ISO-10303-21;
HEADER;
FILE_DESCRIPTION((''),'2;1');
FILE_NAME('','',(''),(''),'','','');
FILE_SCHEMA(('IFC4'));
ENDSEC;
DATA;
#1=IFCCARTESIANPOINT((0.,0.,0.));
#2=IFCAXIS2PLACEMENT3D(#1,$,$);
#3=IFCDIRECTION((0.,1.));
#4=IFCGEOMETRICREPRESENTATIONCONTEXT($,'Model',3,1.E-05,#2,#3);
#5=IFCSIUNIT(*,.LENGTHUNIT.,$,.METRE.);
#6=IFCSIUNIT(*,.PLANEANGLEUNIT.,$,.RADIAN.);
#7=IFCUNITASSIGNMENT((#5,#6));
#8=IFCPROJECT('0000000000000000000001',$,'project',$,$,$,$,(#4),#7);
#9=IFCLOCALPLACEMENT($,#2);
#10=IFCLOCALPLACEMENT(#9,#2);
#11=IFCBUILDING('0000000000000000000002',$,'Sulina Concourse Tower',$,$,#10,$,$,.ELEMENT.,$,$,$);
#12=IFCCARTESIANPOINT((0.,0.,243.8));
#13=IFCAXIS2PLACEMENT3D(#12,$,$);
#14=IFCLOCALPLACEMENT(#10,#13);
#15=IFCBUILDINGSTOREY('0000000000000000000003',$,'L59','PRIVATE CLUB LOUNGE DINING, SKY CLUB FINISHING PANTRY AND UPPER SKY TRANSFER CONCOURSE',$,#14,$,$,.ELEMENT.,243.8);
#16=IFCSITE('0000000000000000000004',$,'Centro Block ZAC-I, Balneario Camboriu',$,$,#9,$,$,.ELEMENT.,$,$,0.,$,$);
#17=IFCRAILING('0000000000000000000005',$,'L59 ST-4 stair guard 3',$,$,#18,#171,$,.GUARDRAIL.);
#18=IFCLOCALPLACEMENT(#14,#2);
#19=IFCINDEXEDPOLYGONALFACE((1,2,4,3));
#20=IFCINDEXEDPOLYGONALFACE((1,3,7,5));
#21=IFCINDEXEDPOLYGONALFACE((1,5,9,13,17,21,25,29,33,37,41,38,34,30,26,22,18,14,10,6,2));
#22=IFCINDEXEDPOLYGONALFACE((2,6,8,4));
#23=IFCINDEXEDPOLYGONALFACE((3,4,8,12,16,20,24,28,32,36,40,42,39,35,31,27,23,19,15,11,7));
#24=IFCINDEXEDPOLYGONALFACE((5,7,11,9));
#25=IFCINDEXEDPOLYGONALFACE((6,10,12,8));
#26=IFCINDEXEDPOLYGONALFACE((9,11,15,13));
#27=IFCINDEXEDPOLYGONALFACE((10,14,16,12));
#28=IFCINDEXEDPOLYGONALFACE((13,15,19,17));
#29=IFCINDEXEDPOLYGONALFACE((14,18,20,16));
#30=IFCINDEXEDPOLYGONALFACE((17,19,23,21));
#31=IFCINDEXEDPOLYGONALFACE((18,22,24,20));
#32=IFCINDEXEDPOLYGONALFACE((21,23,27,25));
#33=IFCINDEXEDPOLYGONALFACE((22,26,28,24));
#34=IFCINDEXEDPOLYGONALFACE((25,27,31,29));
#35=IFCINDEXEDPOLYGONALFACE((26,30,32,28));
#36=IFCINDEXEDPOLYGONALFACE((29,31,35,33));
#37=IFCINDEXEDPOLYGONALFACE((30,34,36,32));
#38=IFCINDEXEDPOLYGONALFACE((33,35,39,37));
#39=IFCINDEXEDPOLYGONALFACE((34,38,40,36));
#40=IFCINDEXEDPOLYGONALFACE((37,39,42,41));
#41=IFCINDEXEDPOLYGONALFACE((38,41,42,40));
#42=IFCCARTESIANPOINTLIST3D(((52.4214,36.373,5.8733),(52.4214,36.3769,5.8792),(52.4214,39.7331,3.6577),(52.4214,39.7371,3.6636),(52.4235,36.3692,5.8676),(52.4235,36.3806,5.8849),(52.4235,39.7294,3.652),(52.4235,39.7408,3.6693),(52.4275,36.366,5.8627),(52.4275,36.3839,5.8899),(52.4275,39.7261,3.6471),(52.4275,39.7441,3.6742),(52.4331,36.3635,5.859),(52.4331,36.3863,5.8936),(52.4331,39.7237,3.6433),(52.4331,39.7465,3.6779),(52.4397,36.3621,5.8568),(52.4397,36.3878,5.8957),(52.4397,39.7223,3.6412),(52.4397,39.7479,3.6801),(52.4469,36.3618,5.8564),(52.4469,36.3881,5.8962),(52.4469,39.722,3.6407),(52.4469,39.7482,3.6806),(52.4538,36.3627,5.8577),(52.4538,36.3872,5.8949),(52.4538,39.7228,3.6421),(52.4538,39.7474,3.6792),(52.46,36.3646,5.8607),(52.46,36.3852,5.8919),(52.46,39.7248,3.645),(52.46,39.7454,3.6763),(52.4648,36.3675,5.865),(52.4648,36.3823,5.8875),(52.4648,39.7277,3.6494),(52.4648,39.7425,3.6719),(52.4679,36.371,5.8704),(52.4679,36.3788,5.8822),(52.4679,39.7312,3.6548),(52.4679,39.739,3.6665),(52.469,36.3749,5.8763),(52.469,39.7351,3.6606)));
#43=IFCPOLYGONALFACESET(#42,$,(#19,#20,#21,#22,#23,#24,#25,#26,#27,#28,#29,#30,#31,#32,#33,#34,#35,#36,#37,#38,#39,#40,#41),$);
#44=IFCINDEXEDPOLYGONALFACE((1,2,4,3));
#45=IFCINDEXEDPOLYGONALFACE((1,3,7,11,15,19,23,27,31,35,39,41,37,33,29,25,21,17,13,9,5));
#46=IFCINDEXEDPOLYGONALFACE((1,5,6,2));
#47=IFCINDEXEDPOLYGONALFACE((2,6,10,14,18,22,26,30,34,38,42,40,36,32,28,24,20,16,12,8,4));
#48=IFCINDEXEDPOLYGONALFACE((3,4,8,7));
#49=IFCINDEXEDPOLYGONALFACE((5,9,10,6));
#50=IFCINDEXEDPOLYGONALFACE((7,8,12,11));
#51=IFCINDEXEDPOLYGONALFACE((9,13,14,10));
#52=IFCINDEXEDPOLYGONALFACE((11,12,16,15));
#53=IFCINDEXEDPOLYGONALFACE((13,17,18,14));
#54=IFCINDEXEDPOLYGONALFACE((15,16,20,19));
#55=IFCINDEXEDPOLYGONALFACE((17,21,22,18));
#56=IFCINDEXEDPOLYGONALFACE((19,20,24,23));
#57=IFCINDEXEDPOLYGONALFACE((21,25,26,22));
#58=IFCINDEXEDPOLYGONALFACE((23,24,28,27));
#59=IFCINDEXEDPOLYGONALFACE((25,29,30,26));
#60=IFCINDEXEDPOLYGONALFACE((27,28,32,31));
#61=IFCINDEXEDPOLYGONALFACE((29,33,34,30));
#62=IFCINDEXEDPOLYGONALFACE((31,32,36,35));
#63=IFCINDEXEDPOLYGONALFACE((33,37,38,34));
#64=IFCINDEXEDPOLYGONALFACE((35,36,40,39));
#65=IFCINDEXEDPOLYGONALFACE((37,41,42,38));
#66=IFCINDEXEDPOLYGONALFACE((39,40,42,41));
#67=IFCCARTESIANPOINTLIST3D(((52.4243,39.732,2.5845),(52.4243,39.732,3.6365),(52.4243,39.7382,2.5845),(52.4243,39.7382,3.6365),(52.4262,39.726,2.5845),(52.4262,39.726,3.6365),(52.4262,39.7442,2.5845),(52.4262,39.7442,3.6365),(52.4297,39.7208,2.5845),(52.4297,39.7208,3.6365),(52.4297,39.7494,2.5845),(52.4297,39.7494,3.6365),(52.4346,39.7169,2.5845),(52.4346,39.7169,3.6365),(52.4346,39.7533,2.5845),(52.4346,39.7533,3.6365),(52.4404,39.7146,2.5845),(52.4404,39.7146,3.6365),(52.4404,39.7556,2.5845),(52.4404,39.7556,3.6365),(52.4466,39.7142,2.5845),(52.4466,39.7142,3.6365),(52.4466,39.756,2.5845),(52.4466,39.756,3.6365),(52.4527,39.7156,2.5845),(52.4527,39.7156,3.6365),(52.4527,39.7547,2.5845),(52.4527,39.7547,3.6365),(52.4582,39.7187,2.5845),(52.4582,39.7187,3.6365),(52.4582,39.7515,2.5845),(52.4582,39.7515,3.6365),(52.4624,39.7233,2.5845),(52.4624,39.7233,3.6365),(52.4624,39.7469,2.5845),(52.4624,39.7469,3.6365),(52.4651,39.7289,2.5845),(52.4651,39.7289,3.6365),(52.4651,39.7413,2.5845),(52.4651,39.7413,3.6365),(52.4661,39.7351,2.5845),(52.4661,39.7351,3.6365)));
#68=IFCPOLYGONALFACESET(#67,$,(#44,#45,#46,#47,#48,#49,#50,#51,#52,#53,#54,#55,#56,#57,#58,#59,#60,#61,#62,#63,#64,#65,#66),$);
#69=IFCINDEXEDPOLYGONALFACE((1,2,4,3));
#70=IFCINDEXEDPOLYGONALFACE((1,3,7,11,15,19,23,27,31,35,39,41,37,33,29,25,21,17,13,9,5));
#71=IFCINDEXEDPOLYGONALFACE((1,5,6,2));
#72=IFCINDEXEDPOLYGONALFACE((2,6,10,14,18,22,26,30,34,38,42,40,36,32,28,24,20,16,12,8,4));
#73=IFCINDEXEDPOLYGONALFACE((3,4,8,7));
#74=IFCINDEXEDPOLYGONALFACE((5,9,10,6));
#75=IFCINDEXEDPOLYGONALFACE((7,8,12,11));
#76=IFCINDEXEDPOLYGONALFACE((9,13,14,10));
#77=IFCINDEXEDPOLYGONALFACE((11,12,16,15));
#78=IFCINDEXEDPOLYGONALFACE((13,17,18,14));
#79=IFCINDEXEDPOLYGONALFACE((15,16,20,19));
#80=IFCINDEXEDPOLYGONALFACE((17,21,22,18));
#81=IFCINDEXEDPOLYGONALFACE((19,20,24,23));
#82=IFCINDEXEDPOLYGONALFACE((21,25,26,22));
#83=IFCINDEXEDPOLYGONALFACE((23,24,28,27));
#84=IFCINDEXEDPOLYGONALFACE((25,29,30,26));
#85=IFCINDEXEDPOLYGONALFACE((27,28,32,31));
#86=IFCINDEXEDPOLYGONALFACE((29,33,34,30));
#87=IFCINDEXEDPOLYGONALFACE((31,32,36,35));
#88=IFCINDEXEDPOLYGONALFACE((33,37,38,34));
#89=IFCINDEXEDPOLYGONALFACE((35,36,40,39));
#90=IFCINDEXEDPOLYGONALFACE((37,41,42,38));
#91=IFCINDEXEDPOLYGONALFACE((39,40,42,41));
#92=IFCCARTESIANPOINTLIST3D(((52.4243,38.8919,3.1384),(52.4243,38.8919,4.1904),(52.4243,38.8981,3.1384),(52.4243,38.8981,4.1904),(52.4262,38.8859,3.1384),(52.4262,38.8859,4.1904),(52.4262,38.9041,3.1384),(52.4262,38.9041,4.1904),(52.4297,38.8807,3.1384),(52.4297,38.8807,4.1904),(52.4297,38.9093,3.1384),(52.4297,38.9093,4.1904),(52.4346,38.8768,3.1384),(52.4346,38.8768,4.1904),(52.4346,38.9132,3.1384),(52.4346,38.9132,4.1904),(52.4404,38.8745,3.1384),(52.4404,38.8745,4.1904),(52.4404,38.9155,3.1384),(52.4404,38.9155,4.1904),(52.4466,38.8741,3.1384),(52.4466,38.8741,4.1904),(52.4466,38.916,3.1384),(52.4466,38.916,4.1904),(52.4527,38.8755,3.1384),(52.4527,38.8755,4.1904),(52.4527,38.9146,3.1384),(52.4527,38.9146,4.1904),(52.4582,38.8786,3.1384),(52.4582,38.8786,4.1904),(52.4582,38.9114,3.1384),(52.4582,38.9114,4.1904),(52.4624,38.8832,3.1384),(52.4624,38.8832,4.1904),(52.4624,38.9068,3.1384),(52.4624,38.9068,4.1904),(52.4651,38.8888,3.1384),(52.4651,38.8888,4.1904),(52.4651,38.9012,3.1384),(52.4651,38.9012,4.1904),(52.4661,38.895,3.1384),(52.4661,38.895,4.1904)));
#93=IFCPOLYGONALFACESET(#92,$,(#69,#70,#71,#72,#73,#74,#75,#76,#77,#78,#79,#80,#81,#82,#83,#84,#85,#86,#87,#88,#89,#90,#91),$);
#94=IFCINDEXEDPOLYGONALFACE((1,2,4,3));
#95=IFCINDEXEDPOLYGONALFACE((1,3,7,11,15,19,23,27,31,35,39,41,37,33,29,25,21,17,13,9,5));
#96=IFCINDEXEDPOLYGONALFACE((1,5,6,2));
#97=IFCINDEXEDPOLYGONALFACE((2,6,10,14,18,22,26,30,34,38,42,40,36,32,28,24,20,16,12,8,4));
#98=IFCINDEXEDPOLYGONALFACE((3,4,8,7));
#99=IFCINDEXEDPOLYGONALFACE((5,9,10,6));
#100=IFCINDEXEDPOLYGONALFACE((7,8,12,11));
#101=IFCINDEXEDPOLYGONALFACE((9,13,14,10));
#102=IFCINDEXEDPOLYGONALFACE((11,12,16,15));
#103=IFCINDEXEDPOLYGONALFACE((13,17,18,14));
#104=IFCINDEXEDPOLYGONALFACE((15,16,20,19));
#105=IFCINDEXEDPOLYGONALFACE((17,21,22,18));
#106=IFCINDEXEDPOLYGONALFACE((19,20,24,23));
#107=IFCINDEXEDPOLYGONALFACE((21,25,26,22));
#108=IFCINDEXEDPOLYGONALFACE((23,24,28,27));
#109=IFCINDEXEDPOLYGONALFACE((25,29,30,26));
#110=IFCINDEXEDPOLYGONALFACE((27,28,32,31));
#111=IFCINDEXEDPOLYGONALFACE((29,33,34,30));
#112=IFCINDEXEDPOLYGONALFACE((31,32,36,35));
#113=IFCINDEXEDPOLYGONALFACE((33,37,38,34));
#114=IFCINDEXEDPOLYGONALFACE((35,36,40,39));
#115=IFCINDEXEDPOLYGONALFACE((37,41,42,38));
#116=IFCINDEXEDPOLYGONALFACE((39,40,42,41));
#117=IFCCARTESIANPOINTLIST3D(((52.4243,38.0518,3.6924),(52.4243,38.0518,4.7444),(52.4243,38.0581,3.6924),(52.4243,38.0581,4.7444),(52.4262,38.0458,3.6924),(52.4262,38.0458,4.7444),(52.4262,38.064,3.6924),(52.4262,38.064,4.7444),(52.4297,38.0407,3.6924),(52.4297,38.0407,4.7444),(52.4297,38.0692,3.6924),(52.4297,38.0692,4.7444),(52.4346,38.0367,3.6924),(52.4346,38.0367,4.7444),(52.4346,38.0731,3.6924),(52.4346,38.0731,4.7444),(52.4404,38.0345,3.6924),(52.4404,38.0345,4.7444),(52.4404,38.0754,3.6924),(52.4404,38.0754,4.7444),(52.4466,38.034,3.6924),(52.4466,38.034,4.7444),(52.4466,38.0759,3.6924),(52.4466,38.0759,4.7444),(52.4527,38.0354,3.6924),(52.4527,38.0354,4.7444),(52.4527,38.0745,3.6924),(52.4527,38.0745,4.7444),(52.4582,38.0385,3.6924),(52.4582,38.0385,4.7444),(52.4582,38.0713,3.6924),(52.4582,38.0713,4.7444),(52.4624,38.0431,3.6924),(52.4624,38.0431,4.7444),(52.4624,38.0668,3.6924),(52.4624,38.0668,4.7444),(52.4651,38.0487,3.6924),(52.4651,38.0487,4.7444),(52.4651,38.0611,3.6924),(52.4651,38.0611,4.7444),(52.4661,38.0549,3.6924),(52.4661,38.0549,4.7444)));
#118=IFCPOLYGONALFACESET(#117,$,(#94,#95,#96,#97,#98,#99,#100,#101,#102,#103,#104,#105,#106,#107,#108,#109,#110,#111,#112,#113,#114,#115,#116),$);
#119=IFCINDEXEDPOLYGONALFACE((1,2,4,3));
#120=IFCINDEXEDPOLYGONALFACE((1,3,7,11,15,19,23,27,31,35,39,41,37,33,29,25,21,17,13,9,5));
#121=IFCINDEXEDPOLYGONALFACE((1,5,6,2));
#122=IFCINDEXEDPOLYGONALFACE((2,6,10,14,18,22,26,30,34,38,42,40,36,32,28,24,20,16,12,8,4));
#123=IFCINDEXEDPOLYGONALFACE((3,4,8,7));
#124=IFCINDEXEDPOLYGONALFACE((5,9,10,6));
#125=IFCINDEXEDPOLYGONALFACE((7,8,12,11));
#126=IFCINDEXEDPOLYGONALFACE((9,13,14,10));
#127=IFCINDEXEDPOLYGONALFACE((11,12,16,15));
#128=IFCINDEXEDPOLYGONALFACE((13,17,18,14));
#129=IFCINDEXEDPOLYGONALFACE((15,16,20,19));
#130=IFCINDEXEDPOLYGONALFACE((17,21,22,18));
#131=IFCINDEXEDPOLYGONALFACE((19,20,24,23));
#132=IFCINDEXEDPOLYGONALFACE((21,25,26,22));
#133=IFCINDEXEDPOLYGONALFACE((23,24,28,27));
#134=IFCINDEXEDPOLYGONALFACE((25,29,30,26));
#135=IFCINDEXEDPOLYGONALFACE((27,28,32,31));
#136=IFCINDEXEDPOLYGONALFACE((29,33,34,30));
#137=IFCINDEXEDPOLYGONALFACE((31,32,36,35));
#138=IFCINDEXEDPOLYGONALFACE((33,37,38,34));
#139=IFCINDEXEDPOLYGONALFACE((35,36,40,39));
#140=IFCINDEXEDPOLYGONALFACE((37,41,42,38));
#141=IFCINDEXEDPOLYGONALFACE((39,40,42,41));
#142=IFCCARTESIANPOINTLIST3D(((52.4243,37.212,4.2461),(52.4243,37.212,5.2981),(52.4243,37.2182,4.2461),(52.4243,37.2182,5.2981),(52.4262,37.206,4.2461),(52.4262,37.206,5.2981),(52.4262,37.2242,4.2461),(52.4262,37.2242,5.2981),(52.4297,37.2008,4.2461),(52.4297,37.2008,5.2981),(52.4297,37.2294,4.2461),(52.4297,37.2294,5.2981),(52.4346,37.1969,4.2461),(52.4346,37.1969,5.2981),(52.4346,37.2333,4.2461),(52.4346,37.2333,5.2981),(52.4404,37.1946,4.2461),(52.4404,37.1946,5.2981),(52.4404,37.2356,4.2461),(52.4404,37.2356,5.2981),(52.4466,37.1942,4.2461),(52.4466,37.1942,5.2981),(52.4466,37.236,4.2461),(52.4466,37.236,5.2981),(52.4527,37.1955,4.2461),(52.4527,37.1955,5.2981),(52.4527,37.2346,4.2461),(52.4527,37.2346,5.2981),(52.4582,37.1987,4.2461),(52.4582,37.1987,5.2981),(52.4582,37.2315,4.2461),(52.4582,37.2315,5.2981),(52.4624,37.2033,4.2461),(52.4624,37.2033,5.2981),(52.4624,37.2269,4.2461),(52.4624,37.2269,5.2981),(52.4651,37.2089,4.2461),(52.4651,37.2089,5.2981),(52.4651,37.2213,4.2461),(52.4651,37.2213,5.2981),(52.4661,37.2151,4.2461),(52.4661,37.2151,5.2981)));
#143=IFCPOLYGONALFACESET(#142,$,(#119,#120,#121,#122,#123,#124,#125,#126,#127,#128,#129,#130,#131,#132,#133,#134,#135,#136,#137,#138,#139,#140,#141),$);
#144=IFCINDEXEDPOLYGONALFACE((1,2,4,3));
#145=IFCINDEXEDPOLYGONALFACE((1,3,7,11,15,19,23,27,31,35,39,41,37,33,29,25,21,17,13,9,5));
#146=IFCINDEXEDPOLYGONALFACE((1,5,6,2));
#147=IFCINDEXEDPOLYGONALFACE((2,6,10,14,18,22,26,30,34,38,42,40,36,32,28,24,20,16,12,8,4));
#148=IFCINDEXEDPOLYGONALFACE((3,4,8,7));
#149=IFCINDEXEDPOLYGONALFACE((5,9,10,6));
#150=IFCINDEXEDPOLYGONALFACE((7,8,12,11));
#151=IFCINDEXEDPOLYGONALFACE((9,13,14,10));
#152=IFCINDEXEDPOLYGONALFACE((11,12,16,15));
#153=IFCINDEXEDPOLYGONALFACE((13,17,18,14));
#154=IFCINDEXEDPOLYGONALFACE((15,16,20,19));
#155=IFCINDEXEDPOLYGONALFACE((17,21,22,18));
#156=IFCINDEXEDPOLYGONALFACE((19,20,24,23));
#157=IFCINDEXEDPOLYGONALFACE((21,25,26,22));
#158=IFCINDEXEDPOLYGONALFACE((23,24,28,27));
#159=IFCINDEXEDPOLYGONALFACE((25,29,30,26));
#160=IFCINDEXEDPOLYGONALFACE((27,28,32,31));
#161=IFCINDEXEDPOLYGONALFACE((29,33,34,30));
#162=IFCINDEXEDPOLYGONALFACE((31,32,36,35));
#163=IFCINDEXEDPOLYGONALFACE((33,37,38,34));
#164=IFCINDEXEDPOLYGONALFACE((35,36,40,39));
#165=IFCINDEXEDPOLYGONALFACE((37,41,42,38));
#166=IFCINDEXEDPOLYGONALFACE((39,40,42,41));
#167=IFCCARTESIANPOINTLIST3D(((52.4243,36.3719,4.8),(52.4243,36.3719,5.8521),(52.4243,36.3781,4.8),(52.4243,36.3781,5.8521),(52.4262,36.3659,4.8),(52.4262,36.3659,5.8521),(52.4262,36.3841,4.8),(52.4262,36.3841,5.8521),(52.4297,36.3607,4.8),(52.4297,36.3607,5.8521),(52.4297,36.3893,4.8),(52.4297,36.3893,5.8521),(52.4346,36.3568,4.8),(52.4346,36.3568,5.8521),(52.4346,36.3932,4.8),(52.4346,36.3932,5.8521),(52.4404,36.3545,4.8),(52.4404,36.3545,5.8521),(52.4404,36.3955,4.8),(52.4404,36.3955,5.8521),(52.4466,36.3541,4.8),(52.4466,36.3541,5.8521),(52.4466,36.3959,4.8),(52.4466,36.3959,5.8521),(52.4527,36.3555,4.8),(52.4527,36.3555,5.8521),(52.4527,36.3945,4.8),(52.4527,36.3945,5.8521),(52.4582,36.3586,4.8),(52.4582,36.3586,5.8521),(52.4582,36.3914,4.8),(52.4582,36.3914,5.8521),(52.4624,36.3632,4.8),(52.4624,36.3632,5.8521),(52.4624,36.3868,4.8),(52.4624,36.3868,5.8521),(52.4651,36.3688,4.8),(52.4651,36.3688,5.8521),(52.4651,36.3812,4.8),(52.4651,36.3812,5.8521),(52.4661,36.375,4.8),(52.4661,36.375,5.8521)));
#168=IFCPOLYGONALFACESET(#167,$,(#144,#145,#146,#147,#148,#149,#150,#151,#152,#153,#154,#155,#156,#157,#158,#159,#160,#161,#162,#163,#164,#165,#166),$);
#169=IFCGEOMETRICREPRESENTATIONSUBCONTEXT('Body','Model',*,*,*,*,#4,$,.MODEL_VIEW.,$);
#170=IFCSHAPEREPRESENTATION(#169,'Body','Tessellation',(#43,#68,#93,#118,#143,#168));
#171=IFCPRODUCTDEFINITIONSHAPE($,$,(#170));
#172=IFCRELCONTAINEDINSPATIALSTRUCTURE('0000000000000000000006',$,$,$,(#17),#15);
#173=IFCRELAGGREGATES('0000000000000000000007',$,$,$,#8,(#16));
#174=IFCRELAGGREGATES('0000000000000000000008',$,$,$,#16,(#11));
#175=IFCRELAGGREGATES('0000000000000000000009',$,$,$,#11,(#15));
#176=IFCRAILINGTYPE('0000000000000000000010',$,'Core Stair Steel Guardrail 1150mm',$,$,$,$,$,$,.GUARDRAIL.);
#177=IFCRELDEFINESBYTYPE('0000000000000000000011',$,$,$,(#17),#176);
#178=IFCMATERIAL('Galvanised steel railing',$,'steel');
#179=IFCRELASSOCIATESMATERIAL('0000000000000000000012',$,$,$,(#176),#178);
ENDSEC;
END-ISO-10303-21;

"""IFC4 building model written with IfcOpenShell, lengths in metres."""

from ifc_helpers import new_model, si_unit, direction, frame, origin, origin_2d, place, context, subcontext, project, spatial, circle, extrude, material, type_object, element, save


model = new_model("IFC4")

# Units and contexts
model_context = context("Model", 3, precision=1e-05, world=origin(), true_north=direction((0.0, 1.0)))
body_context = subcontext(model_context, "Body", "Model", "MODEL_VIEW")
ifc_project = project(units=[si_unit("LENGTHUNIT", "METRE"), si_unit("PLANEANGLEUNIT", "RADIAN")], contexts=[model_context])

# Site, building, storey
site_placement = place(None, origin())
site = spatial("IfcSite", under=ifc_project, at=site_placement, Name="Centro Block ZAC-I, Balneario Camboriu", CompositionType="ELEMENT", RefElevation=0.0)
building_placement = place(site_placement, origin())
building = spatial("IfcBuilding", under=site, at=building_placement, Name="Sulina Concourse Tower", CompositionType="ELEMENT")
storey_placement = place(building_placement, frame((0.0, 0.0, 243.8)))
storey = spatial("IfcBuildingStorey", under=building, at=storey_placement, Name="L59", Description="PRIVATE CLUB LOUNGE DINING, SKY CLUB FINISHING PANTRY AND UPPER SKY TRANSFER CONCOURSE", CompositionType="ELEMENT", Elevation=243.8)

# Railing
ifc_material_1 = material(Name="Galvanised steel railing", Category="steel")
railing_type_1 = type_object("IfcRailingType", Name="Core Stair Steel Guardrail 1150mm", PredefinedType="GUARDRAIL", material=ifc_material_1)
railing_1_placement = place(storey_placement, frame((52.4451, 39.7351, 2.5845)))
element("IfcRailing", 1, at=railing_1_placement, inside=storey, type_object=railing_type_1, Name="L59 ST-4 stair guard 3", PredefinedType="GUARDRAIL", context=body_context, shape_type="SweptSolid", body=[
    extrude(circle(Radius=0.0239, at=origin_2d()), frame((0.0, 0.0, 1.0762), z_axis=(0.0, -0.834849, 0.55048), x_axis=(1.0, 0.0, 0.0)), (0.0, 0.0, 1.0), 4.0249),
    extrude(circle(Radius=0.021, at=origin_2d()), origin(), (0.0, 0.0, 1.0), 1.052),
    extrude(circle(Radius=0.021, at=origin_2d()), frame((0.0, -0.8401, 0.554)), (0.0, 0.0, 1.0), 1.052),
    extrude(circle(Radius=0.021, at=origin_2d()), frame((0.0, -1.6802, 1.1079)), (0.0, 0.0, 1.0), 1.052),
    extrude(circle(Radius=0.021, at=origin_2d()), frame((0.0, -2.52, 1.6616)), (0.0, 0.0, 1.0), 1.052),
    extrude(circle(Radius=0.021, at=origin_2d()), frame((0.0, -3.3601, 2.2156)), (0.0, 0.0, 1.0), 1.052),
])

save(model, "model.ifc")
